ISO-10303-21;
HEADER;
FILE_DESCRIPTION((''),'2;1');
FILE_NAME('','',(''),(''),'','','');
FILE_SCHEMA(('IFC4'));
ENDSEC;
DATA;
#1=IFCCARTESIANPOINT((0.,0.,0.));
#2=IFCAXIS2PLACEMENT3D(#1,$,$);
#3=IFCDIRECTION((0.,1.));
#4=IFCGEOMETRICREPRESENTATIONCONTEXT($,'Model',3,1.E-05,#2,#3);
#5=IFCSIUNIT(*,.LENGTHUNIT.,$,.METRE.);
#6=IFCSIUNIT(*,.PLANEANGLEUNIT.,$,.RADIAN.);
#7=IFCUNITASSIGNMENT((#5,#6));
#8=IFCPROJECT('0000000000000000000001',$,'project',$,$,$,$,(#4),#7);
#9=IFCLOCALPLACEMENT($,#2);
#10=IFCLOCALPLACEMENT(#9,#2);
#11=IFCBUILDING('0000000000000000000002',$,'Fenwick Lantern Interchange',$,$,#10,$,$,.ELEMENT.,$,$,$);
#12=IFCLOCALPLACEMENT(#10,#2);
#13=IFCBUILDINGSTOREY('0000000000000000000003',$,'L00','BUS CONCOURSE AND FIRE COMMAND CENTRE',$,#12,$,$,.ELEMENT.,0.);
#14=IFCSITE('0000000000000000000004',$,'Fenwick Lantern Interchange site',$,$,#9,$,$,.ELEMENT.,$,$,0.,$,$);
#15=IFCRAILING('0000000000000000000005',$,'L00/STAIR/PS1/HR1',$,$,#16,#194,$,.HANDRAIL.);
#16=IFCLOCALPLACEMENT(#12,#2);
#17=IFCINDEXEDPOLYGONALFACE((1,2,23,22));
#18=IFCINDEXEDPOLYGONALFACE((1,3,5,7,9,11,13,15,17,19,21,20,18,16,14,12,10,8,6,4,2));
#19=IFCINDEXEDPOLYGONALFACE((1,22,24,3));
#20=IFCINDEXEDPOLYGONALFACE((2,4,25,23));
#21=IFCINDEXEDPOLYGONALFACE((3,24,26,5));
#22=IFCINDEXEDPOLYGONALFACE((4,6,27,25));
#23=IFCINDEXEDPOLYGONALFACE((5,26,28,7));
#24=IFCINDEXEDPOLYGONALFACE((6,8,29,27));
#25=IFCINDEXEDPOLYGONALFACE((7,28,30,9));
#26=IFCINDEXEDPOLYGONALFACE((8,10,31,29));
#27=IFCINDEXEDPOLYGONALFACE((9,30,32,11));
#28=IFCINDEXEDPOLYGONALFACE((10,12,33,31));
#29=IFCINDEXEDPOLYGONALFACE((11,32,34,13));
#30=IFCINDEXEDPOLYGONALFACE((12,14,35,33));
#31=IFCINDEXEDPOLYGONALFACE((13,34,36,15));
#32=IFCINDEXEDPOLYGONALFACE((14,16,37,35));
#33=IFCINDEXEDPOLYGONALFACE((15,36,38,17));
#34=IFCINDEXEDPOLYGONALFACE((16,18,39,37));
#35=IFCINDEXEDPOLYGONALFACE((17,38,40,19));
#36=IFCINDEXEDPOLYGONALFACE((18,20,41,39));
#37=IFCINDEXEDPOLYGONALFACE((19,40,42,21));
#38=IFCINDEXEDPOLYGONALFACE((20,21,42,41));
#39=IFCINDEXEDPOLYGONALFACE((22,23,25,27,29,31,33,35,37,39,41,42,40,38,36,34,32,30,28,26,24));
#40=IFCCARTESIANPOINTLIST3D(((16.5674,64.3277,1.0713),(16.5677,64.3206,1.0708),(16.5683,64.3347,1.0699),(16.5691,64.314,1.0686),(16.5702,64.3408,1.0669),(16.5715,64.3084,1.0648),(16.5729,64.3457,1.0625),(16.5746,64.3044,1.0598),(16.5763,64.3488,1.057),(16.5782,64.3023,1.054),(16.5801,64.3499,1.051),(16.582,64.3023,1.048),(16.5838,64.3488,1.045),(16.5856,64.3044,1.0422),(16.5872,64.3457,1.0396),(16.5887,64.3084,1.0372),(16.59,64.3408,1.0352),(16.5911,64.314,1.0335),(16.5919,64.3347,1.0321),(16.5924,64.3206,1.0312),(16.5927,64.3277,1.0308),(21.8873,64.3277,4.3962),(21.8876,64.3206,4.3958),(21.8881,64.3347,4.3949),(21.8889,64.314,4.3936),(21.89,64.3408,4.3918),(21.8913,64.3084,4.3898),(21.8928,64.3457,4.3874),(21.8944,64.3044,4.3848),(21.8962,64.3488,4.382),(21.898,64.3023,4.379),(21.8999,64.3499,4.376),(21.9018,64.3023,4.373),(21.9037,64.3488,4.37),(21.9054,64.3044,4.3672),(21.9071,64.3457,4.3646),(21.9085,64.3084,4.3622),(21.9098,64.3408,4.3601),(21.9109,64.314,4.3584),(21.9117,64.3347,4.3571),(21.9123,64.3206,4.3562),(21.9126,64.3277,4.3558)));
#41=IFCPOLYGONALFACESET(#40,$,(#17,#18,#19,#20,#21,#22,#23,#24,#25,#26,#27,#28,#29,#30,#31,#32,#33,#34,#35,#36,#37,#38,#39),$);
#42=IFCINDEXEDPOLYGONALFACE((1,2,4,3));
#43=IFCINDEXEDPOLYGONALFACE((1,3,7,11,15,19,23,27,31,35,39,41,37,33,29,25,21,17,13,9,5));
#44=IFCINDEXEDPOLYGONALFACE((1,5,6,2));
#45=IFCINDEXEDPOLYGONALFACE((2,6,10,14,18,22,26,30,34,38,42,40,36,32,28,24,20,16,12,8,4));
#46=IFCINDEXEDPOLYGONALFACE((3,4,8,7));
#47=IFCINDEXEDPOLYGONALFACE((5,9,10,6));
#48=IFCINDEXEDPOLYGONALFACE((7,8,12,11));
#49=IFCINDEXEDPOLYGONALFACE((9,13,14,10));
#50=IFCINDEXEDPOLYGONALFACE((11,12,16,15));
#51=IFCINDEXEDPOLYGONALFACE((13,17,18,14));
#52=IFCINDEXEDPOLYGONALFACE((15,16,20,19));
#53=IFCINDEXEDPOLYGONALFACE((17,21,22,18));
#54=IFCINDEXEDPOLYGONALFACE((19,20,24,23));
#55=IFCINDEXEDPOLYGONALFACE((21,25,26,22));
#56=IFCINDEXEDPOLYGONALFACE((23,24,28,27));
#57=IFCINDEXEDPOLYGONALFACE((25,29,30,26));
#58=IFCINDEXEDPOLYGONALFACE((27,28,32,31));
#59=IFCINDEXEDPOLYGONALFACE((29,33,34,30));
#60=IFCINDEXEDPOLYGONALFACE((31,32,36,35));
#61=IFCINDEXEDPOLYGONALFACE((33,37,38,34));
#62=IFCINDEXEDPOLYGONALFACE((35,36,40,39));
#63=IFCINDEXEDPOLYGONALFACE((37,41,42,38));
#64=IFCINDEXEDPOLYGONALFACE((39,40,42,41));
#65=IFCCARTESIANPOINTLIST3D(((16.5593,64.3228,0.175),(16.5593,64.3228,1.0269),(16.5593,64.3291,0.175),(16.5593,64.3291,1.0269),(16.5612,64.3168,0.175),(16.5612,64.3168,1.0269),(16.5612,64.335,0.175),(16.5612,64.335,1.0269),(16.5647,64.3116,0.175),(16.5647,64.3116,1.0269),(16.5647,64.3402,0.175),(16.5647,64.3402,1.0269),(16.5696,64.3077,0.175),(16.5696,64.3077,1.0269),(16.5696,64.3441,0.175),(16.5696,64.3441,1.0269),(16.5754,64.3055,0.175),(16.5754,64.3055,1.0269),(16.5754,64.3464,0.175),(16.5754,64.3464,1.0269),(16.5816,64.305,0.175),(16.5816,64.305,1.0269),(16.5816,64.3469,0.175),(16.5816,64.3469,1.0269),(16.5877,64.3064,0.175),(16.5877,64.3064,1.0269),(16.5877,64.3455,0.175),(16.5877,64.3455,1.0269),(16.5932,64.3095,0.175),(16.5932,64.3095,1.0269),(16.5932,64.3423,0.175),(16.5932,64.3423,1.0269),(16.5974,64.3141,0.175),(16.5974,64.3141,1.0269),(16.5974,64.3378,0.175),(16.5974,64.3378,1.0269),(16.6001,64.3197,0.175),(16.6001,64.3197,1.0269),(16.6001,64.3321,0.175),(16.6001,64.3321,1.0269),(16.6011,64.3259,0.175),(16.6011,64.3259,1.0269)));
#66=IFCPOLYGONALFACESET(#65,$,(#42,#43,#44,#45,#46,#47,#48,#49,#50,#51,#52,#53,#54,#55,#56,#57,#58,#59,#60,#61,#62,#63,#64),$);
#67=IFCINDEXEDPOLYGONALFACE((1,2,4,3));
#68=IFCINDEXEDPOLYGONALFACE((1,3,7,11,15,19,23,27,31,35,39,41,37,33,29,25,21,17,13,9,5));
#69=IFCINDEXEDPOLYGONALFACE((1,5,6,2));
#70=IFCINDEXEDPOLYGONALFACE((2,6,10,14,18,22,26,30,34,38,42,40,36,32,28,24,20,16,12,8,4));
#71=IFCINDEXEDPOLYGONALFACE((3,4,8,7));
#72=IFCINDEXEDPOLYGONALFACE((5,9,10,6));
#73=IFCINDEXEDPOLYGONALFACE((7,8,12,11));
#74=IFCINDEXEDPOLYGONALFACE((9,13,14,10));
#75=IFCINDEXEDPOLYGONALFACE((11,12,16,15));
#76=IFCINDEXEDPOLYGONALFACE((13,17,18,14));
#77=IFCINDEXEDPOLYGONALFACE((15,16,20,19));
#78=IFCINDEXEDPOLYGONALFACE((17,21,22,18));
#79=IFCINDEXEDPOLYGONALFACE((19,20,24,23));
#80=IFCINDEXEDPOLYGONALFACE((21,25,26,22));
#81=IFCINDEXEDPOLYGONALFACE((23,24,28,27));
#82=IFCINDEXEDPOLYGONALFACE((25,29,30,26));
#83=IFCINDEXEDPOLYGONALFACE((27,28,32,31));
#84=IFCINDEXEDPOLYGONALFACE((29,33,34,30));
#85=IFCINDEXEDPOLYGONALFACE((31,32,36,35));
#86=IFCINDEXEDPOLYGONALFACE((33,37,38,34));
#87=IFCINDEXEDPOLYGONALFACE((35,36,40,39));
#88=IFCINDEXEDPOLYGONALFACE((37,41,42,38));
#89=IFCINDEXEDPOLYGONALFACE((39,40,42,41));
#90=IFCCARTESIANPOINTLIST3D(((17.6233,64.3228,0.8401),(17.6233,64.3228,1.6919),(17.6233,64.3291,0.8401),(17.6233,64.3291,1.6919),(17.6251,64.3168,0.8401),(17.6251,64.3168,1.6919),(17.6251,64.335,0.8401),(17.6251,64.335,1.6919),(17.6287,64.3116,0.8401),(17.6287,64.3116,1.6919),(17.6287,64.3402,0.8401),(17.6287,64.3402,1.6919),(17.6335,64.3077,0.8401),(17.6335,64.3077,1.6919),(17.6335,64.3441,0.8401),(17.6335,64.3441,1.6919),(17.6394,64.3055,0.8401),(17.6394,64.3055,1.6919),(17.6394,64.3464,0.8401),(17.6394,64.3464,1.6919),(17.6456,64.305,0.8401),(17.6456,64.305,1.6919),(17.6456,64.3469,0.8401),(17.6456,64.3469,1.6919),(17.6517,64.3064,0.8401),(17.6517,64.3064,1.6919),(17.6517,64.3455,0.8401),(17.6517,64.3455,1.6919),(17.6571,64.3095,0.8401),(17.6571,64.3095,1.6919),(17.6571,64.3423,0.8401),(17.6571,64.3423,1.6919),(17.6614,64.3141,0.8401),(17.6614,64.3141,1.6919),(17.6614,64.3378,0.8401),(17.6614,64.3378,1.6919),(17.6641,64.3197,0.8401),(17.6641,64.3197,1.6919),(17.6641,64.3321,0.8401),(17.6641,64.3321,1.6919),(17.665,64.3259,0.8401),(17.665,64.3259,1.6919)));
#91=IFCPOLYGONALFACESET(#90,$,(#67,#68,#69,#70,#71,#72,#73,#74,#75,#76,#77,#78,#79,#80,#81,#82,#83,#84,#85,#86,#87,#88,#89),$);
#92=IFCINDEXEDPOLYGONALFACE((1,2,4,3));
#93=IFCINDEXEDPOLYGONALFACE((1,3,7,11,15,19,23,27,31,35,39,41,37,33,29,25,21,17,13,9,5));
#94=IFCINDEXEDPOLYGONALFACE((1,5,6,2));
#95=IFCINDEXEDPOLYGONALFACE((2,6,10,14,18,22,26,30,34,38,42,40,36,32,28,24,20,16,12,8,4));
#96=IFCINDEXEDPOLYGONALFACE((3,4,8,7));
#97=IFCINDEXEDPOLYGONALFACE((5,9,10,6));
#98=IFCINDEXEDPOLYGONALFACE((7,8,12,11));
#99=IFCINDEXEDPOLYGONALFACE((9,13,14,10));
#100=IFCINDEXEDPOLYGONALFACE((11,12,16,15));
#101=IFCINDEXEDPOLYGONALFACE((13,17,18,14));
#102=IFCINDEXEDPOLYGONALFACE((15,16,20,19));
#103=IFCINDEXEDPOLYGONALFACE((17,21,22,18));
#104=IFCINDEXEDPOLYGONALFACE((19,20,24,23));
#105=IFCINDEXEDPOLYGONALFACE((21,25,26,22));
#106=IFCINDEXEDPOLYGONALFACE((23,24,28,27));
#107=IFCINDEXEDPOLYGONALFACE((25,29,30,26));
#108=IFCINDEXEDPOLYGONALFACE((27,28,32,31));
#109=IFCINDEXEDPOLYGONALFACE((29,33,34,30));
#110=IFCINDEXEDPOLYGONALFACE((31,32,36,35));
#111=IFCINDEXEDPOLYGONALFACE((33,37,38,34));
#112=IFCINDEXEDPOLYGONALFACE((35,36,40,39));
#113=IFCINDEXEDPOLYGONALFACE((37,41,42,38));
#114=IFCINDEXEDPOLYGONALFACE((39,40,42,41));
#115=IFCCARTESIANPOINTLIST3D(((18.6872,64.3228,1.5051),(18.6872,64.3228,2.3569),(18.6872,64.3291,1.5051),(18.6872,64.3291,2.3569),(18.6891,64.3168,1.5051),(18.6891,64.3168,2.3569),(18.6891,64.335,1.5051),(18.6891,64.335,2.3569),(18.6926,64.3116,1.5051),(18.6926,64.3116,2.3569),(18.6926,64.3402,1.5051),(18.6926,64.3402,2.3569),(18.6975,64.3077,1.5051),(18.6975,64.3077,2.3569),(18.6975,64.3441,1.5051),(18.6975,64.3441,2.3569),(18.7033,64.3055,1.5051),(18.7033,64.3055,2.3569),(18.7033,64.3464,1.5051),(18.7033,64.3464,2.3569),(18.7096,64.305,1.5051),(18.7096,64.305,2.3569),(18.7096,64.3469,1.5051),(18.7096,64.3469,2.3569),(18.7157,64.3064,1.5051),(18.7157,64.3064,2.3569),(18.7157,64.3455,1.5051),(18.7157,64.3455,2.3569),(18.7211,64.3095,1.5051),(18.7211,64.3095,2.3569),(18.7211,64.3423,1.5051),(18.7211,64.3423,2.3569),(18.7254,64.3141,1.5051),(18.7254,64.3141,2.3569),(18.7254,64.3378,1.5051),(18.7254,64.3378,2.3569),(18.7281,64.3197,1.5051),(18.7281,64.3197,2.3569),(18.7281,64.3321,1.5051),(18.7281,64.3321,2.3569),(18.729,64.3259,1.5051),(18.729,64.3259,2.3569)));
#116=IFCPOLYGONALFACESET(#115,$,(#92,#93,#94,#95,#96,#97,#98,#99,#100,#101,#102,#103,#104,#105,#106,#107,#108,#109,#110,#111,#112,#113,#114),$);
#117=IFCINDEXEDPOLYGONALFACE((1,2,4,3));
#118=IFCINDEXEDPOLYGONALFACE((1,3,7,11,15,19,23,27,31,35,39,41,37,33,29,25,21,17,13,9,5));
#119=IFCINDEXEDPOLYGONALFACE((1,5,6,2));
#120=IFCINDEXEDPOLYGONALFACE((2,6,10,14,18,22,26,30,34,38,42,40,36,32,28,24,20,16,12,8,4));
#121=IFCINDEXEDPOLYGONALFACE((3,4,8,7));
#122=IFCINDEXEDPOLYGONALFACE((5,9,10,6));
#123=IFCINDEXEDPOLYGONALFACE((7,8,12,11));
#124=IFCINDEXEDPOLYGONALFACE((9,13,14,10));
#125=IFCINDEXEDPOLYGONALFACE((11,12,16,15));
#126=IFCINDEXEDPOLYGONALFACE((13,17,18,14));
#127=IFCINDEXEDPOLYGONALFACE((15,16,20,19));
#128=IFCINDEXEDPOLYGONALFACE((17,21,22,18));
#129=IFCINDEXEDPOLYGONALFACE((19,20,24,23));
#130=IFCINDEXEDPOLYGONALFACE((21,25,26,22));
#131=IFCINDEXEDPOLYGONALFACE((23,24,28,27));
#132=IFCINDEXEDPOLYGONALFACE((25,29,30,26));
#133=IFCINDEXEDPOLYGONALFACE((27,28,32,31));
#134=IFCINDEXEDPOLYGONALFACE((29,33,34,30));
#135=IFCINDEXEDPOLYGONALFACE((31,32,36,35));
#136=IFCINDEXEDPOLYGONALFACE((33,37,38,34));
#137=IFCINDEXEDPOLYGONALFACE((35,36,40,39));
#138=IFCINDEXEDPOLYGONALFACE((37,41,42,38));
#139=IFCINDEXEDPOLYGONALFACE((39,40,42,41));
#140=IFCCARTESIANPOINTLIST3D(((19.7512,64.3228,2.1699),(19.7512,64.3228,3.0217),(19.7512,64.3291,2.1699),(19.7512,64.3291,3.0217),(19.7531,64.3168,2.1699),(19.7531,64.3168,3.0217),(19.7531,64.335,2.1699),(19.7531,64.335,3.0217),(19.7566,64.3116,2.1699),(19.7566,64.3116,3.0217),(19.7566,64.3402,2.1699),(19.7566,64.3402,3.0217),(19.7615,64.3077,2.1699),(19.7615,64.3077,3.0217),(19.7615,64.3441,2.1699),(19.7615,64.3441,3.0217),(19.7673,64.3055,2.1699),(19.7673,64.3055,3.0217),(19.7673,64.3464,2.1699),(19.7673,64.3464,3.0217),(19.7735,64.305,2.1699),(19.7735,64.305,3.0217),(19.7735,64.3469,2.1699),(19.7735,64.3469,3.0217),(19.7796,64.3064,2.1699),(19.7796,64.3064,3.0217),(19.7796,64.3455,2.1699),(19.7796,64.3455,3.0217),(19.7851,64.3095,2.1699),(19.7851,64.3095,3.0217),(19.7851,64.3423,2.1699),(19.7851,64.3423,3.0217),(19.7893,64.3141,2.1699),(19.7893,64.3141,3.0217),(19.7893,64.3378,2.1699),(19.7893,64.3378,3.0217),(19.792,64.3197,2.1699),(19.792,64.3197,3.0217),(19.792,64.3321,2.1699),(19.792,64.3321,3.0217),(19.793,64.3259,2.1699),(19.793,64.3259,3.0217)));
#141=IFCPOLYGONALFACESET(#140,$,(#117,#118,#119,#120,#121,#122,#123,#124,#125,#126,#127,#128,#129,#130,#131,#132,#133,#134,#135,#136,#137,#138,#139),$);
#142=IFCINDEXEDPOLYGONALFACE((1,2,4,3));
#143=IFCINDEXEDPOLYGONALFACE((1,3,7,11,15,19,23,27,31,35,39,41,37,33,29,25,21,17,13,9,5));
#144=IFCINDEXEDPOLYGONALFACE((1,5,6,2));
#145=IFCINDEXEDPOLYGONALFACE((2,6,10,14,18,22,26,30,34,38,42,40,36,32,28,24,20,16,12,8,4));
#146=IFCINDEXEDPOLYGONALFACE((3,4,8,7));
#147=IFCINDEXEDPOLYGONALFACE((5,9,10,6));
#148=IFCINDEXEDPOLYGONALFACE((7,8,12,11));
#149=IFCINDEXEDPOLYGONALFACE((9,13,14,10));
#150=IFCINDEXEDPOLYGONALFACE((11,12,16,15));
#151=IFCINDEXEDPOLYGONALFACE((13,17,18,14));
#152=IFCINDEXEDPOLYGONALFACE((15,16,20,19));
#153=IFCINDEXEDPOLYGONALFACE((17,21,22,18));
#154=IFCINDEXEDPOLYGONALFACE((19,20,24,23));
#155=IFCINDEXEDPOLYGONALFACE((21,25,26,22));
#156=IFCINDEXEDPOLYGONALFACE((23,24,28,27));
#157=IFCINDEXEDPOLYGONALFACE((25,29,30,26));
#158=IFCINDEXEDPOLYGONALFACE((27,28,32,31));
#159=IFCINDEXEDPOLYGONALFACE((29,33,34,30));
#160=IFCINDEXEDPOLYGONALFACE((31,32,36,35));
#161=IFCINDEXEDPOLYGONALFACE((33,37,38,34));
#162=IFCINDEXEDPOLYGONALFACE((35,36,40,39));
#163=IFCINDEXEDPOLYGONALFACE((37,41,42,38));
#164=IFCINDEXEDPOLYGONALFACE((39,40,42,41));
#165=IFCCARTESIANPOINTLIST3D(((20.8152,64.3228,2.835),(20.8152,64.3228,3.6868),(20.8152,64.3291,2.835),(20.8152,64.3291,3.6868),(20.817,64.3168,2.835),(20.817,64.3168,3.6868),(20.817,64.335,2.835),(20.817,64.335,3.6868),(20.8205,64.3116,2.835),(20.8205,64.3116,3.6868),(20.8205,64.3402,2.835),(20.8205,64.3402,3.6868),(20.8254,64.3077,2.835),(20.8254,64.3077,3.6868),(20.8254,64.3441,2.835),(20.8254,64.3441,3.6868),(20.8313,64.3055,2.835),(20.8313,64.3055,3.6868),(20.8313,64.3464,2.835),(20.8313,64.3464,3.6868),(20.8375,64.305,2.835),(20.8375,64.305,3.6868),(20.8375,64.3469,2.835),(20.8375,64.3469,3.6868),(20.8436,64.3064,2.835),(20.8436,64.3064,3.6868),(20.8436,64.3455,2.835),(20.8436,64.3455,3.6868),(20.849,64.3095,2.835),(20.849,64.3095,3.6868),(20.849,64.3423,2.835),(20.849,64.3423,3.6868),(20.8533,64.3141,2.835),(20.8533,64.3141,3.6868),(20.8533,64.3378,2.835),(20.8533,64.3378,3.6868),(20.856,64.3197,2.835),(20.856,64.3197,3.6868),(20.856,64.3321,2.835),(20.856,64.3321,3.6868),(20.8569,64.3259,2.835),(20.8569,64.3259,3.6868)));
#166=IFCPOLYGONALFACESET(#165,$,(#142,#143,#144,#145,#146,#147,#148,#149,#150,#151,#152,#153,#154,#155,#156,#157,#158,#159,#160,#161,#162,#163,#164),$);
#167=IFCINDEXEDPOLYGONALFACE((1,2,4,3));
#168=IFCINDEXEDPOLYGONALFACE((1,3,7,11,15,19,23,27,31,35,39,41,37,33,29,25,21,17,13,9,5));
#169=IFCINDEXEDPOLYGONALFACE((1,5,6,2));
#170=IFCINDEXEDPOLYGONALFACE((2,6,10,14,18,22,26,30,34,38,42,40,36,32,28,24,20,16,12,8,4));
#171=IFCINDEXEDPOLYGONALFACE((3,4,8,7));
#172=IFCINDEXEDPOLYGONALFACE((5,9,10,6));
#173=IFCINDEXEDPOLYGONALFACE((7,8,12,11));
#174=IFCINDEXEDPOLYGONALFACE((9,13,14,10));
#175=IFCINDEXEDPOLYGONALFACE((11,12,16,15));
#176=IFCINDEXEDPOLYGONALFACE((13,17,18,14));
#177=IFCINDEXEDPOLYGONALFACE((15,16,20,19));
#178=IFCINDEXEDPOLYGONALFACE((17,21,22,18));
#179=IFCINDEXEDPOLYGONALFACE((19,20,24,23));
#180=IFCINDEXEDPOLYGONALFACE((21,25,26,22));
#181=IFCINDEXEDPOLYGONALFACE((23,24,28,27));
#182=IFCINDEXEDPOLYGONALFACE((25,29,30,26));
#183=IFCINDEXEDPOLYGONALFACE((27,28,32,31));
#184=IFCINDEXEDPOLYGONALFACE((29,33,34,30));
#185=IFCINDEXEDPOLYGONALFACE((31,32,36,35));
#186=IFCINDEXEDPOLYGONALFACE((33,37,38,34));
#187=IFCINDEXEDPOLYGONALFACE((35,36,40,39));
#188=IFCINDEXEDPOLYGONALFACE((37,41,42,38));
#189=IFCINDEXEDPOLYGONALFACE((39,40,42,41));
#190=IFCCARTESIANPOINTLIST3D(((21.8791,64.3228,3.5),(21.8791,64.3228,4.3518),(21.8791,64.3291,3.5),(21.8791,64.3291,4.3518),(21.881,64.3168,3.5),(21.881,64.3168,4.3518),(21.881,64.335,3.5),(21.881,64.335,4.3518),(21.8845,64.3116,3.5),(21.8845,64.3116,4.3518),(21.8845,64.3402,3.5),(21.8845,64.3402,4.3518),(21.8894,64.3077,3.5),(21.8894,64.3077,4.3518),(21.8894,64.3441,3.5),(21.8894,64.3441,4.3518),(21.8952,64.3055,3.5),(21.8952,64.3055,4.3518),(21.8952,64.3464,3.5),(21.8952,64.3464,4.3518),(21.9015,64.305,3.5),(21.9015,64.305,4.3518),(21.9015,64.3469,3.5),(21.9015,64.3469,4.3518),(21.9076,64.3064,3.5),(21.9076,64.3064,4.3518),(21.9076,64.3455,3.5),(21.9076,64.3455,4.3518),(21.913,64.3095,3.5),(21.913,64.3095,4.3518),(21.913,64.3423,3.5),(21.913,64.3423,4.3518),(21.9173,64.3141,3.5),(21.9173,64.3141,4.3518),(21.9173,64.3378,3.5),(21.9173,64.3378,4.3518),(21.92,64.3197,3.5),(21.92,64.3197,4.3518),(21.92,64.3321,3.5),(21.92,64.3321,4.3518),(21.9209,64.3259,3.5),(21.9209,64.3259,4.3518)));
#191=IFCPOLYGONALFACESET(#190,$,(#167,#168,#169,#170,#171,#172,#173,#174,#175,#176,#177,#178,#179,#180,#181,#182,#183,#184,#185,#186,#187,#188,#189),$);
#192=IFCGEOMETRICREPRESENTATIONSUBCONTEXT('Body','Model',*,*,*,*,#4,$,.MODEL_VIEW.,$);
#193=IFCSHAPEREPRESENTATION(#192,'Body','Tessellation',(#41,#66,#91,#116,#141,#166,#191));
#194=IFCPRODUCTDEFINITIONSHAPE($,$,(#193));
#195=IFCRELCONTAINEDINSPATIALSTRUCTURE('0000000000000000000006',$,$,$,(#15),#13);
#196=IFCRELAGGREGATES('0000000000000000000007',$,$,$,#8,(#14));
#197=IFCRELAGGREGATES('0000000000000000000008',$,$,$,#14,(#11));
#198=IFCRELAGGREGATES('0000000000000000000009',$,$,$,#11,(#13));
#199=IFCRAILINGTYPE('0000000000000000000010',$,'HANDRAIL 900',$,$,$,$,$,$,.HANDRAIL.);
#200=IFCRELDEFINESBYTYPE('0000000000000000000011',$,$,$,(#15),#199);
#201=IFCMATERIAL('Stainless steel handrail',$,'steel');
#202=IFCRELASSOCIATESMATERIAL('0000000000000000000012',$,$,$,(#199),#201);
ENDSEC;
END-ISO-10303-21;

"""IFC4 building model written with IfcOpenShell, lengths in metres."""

from ifc_helpers import new_model, si_unit, direction, frame, origin, origin_2d, place, context, subcontext, project, spatial, circle, extrude, material, type_object, element, save


model = new_model("IFC4")

# Units and contexts
model_context = context("Model", 3, precision=1e-05, world=origin(), true_north=direction((0.0, 1.0)))
body_context = subcontext(model_context, "Body", "Model", "MODEL_VIEW")
ifc_project = project(units=[si_unit("LENGTHUNIT", "METRE"), si_unit("PLANEANGLEUNIT", "RADIAN")], contexts=[model_context])

# Site, building, storey
site_placement = place(None, origin())
site = spatial("IfcSite", under=ifc_project, at=site_placement, Name="Fenwick Lantern Interchange site", CompositionType="ELEMENT", RefElevation=0.0)
building_placement = place(site_placement, origin())
building = spatial("IfcBuilding", under=site, at=building_placement, Name="Fenwick Lantern Interchange", CompositionType="ELEMENT")
storey_placement = place(building_placement, origin())
storey = spatial("IfcBuildingStorey", under=building, at=storey_placement, Name="L00", Description="BUS CONCOURSE AND FIRE COMMAND CENTRE", CompositionType="ELEMENT", Elevation=0.0)

# Railing
ifc_material_1 = material(Name="Stainless steel handrail", Category="steel")
railing_type = type_object("IfcRailingType", Name="HANDRAIL 900", PredefinedType="HANDRAIL", material=ifc_material_1)
railing_placement = place(storey_placement, frame((16.5801, 64.3259, 0.175)))
element("IfcRailing", 1, at=railing_placement, inside=storey, type_object=railing_type, Name="L00/STAIR/PS1/HR1", PredefinedType="HANDRAIL", context=body_context, shape_type="SweptSolid", body=[
    extrude(circle(Radius=0.0239, at=origin_2d()), frame((0.0, 0.0, 0.876), z_axis=(0.847994, 0.0, 0.530006), x_axis=(0.0, 1.0, 0.0)), (0.0, 0.0, 1.0), 6.2734),
    extrude(circle(Radius=0.021, at=origin_2d()), origin(), (0.0, 0.0, 1.0), 0.8518),
    extrude(circle(Radius=0.021, at=origin_2d()), frame((1.064, 0.0, 0.665)), (0.0, 0.0, 1.0), 0.8518),
    extrude(circle(Radius=0.021, at=origin_2d()), frame((2.1279, 0.0, 1.3301)), (0.0, 0.0, 1.0), 0.8518),
    extrude(circle(Radius=0.021, at=origin_2d()), frame((3.1919, 0.0, 1.9949)), (0.0, 0.0, 1.0), 0.8518),
    extrude(circle(Radius=0.021, at=origin_2d()), frame((4.2559, 0.0, 2.6599)), (0.0, 0.0, 1.0), 0.8518),
    extrude(circle(Radius=0.021, at=origin_2d()), frame((5.3198, 0.0, 3.325)), (0.0, 0.0, 1.0), 0.8518),
])

save(model, "model.ifc")
